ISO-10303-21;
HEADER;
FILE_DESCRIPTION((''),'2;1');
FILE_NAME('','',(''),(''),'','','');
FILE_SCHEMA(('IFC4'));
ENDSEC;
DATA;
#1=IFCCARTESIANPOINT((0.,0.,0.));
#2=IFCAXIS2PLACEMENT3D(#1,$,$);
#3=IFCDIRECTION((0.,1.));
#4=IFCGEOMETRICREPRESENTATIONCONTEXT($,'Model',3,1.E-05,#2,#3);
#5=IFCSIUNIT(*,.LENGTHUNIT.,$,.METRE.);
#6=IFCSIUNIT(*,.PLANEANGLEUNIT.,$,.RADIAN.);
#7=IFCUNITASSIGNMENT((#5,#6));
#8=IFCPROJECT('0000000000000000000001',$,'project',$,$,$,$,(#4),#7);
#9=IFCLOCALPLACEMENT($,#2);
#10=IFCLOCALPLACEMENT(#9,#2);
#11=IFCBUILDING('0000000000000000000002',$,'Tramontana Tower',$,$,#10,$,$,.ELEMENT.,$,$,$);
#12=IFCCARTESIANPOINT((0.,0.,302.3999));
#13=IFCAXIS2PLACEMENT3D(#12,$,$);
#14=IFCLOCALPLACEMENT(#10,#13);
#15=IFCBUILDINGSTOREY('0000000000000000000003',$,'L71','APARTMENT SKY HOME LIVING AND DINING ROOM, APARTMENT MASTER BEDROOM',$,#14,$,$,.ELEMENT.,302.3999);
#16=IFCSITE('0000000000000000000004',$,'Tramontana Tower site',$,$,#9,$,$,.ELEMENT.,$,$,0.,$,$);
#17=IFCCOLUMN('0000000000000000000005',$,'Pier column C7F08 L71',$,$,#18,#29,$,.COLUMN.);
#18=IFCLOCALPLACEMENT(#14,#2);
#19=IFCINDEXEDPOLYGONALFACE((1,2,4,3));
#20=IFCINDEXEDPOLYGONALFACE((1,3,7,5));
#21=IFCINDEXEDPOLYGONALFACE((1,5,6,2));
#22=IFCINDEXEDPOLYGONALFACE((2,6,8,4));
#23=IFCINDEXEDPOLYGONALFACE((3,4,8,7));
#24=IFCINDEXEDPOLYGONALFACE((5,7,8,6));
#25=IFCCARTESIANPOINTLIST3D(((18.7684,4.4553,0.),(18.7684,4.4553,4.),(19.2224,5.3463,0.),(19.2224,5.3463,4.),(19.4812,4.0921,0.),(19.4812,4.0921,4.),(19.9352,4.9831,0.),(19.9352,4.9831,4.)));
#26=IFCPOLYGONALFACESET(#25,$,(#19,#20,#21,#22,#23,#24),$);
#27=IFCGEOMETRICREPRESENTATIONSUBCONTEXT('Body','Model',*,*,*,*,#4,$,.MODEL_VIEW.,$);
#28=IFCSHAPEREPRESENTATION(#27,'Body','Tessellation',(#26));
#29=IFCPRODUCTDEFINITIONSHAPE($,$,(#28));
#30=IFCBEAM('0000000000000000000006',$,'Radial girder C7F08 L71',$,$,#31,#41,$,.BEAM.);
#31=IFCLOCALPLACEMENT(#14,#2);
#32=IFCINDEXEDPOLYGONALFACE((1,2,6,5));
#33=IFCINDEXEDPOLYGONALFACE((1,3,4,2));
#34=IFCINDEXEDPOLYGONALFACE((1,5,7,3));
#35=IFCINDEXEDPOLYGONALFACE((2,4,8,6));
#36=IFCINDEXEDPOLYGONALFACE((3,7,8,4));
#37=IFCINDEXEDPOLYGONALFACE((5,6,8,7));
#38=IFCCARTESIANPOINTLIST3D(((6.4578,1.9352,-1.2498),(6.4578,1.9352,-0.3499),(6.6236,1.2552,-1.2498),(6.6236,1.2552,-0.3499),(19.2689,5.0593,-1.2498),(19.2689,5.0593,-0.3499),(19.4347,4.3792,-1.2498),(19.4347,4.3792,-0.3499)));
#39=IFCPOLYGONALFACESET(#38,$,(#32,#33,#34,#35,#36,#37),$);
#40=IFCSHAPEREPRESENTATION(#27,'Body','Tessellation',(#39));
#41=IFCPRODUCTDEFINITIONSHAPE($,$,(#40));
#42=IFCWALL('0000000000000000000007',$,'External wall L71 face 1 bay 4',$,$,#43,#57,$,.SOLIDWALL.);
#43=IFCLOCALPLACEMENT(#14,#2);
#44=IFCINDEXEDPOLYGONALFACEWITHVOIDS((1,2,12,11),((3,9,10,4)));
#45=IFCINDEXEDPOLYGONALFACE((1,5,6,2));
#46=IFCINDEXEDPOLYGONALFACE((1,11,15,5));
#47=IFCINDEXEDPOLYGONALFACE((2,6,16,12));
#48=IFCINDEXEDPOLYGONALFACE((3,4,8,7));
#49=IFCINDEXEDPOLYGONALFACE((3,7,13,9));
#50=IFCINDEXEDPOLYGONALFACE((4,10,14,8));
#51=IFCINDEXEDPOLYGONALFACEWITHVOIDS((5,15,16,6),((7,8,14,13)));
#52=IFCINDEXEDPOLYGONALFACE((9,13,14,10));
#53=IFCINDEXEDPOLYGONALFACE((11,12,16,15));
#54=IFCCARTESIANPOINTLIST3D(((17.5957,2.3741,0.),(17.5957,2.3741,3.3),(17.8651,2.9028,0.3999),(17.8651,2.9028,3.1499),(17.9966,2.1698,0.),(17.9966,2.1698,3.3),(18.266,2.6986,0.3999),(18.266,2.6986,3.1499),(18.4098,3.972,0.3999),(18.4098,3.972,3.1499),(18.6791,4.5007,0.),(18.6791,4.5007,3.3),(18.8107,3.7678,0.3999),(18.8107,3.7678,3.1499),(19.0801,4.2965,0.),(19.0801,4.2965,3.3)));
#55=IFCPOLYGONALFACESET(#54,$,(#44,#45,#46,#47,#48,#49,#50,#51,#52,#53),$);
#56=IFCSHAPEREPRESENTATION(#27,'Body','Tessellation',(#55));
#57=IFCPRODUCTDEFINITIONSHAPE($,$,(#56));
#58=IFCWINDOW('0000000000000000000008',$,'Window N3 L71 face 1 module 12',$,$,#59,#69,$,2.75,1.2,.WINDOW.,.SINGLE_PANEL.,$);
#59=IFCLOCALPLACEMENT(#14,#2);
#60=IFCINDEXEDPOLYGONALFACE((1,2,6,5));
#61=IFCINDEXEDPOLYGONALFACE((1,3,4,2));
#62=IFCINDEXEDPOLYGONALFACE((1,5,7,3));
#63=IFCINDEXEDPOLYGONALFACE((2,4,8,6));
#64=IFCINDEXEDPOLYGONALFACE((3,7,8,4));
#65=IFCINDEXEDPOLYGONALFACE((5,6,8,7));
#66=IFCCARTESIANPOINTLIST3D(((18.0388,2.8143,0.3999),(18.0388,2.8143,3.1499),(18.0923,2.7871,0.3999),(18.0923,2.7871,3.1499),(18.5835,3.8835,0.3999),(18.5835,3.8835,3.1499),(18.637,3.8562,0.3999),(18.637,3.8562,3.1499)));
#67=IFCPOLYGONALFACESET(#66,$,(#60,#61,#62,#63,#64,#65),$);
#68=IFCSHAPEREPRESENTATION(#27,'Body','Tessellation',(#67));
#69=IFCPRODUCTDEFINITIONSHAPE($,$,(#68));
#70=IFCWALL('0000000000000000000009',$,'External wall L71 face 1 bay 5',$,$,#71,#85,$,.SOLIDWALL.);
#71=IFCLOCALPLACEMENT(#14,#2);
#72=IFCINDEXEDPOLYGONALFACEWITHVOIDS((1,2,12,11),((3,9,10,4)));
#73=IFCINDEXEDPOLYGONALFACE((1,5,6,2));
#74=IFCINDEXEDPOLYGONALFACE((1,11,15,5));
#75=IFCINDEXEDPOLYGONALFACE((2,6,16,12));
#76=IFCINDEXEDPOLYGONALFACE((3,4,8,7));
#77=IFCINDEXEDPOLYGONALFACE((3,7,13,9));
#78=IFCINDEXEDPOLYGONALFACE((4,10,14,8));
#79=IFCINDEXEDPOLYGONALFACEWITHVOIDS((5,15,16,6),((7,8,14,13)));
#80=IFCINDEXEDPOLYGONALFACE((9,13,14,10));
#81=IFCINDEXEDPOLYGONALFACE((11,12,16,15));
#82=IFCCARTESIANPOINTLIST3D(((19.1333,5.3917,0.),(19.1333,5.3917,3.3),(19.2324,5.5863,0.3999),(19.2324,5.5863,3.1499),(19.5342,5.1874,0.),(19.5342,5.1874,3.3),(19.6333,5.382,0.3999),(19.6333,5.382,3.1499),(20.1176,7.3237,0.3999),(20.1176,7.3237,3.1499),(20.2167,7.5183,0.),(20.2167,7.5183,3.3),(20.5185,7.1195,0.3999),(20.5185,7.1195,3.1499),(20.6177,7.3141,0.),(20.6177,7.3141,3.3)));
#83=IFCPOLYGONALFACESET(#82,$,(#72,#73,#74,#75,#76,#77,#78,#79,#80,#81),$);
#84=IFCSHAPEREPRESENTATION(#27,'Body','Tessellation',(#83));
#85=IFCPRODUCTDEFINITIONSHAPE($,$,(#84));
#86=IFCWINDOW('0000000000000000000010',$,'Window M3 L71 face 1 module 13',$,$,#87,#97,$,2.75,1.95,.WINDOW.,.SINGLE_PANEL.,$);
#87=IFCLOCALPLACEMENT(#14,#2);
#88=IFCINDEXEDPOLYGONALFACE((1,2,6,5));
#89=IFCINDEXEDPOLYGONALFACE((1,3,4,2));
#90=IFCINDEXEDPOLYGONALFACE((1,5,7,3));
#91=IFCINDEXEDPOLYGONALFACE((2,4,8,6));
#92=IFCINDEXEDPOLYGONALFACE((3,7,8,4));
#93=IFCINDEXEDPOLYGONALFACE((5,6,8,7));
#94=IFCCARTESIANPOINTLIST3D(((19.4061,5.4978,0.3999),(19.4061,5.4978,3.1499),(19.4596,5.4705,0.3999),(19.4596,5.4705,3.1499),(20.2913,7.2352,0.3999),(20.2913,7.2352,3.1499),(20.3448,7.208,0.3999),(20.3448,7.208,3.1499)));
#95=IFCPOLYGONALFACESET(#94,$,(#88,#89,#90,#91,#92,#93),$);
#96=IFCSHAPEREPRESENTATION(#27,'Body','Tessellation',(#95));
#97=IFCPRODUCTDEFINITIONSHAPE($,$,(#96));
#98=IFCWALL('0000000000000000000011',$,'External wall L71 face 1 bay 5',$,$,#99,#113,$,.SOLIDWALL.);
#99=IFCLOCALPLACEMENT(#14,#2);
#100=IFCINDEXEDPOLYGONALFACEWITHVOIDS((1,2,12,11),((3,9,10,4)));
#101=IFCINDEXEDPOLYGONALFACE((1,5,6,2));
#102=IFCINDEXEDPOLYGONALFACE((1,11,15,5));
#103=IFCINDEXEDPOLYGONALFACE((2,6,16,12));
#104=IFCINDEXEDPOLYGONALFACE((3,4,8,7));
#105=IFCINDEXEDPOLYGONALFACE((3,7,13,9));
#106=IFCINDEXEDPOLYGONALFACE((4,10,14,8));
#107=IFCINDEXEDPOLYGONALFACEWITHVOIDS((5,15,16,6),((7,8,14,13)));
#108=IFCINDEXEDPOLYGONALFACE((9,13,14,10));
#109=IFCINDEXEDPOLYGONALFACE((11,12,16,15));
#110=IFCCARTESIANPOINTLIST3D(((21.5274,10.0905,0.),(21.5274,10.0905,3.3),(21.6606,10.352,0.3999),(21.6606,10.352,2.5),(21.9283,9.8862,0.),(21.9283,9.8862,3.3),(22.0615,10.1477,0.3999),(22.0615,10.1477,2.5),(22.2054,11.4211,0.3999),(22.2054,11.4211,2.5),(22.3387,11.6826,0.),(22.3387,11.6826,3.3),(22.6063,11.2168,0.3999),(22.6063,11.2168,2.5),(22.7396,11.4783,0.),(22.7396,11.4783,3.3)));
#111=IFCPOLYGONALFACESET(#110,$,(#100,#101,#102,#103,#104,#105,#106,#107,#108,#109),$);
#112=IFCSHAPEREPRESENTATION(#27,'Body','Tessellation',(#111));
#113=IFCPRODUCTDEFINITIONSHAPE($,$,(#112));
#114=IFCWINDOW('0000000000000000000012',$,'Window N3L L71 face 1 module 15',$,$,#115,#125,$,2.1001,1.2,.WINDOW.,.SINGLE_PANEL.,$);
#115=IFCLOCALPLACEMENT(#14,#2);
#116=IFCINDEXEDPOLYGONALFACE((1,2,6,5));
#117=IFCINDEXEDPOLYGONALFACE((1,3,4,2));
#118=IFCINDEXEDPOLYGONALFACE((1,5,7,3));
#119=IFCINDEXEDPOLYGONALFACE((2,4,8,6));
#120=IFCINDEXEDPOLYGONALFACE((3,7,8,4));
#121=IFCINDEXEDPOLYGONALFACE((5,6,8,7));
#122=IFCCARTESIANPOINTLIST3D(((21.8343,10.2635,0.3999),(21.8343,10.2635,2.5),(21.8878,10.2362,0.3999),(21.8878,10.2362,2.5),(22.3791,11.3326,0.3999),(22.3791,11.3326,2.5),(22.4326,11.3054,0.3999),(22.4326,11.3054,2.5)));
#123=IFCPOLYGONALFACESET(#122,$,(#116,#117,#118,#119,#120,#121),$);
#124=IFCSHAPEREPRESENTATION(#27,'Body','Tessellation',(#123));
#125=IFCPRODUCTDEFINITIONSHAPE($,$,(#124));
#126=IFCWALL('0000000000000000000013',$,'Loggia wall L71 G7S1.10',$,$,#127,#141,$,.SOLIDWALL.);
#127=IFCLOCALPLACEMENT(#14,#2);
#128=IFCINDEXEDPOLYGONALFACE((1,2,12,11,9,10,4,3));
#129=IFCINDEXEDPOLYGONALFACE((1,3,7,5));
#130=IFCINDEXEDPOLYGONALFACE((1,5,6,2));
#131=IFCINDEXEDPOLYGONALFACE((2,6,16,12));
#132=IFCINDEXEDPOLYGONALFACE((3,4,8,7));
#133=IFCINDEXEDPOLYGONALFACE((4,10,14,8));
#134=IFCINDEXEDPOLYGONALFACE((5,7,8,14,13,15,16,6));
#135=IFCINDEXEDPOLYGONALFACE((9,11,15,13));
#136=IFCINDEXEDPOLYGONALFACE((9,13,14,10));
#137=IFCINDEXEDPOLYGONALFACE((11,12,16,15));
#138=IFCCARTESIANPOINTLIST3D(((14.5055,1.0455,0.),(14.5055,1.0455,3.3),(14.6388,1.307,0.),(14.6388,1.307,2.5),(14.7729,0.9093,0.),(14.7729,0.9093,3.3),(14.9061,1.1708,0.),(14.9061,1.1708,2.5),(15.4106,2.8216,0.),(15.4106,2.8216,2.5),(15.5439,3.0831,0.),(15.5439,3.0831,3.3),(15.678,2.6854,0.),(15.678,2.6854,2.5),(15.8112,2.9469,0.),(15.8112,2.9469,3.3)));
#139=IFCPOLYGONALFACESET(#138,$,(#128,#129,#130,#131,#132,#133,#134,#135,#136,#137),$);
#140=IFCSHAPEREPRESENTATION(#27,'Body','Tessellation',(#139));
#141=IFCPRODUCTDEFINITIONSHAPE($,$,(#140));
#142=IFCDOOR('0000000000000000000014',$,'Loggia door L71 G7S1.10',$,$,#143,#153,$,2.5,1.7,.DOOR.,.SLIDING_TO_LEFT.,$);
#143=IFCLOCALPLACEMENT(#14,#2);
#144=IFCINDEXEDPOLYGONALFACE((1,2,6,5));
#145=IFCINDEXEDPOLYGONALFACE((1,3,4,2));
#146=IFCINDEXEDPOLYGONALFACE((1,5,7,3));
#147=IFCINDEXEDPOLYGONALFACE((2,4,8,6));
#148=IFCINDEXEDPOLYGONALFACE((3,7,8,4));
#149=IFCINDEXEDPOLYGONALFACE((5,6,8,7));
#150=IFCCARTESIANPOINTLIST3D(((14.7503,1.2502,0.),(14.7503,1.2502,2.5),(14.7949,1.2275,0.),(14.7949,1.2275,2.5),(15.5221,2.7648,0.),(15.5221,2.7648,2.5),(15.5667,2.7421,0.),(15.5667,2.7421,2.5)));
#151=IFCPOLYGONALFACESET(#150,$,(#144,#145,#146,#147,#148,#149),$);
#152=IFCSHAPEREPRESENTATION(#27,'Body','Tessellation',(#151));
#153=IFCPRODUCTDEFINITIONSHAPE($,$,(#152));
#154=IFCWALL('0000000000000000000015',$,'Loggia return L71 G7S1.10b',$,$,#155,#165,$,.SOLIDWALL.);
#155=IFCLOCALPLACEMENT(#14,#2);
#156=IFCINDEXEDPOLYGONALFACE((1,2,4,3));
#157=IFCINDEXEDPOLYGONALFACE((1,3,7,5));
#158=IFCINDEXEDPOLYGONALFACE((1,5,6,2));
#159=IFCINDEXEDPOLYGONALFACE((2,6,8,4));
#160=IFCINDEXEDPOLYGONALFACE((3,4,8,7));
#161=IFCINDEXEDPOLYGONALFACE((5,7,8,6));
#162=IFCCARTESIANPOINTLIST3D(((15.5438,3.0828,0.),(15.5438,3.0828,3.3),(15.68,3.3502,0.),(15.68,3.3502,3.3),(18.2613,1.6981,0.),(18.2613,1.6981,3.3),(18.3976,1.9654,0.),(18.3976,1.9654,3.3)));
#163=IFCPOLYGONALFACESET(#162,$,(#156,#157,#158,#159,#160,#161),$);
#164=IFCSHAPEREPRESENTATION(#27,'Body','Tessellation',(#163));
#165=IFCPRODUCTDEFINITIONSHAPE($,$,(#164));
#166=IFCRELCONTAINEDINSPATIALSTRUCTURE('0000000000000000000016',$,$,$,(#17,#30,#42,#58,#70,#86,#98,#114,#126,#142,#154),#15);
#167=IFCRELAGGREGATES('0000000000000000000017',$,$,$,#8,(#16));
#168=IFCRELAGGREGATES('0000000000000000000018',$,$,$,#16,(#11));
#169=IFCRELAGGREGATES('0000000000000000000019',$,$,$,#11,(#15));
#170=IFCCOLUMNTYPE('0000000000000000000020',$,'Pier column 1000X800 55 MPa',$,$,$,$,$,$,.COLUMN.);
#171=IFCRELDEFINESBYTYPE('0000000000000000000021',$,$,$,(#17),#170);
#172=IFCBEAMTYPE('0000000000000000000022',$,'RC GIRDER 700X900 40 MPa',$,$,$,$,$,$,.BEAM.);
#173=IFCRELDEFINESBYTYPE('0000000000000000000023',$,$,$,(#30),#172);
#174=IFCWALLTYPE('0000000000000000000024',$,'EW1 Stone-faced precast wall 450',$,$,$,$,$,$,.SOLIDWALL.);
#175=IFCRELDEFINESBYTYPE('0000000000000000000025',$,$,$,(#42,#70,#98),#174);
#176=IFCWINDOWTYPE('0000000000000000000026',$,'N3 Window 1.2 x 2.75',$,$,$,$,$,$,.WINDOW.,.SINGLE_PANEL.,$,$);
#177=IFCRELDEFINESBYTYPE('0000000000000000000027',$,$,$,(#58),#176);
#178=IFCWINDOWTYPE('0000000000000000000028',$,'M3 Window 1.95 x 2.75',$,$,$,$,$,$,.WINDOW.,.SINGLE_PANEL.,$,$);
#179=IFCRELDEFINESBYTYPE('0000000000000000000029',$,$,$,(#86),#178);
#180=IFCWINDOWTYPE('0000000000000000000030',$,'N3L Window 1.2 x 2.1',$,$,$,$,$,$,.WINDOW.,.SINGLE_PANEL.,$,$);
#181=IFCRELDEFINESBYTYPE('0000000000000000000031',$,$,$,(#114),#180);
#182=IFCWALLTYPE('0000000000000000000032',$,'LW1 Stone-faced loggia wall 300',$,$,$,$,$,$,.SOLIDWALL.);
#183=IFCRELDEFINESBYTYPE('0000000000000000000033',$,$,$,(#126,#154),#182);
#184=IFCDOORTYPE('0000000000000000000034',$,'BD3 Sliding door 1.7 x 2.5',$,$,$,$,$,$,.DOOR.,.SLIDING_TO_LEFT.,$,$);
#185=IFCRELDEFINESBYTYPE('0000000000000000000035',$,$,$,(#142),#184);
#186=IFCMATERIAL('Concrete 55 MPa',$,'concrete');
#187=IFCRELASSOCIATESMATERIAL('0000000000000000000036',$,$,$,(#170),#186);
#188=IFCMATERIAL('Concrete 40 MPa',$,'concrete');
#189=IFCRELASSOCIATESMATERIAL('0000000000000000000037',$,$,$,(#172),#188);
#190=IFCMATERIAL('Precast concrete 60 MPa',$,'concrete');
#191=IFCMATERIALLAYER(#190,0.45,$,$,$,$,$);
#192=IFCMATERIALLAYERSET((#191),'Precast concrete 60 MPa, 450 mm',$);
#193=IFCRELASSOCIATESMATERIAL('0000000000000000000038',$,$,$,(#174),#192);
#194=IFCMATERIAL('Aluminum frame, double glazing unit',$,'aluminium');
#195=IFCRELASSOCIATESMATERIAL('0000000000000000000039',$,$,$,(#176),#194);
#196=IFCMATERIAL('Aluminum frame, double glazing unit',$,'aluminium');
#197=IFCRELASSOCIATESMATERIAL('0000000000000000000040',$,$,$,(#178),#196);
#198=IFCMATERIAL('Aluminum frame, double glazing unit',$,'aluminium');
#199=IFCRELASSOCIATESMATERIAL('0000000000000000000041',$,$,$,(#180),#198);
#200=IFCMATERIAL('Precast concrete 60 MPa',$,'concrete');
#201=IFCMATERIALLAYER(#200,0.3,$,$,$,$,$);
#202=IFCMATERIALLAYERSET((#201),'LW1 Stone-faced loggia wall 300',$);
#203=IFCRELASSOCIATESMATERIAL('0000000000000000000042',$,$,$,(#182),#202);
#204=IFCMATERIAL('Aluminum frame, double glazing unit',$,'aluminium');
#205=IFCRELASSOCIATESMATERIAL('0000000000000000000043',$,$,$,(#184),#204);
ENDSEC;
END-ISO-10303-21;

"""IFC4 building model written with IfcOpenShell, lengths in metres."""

from ifc_helpers import new_model, si_unit, direction, frame, frame_2d, origin, origin_2d, place, context, subcontext, project, spatial, rectangle, extrude, material, layer, layer_set, material_profile, profile_set, type_object, element, fill, save


model = new_model("IFC4")

# Units and contexts
model_context = context("Model", 3, precision=1e-05, world=origin(), true_north=direction((0.0, 1.0)))
body_context = subcontext(model_context, "Body", "Model", "MODEL_VIEW")
ifc_project = project(units=[si_unit("LENGTHUNIT", "METRE"), si_unit("PLANEANGLEUNIT", "RADIAN")], contexts=[model_context])

# Site, building, storey
site_placement = place(None, origin())
site = spatial("IfcSite", under=ifc_project, at=site_placement, Name="Tramontana Tower site", CompositionType="ELEMENT", RefElevation=0.0)
building_placement = place(site_placement, origin())
building = spatial("IfcBuilding", under=site, at=building_placement, Name="Tramontana Tower", CompositionType="ELEMENT")
storey_placement = place(building_placement, frame((0.0, 0.0, 302.3999)))
storey = spatial("IfcBuildingStorey", under=building, at=storey_placement, Name="L71", Description="APARTMENT SKY HOME LIVING AND DINING ROOM, APARTMENT MASTER BEDROOM", CompositionType="ELEMENT", Elevation=302.3999)

# Column
ifc_material_1 = material(Name="Concrete 55 MPa", Category="concrete")
ifc_material_profile_1 = material_profile(ifc_material_1, rectangle(XDim=1.0, YDim=0.8, at=origin_2d()), Name="Pier column 1000X800 55 MPa")
ifc_profile_set_1 = profile_set([ifc_material_profile_1], Name="Concrete 55 MPa")
column_type = type_object("IfcColumnType", Name="Pier column 1000X800 55 MPa", PredefinedType="COLUMN", material=ifc_profile_set_1)
column_placement = place(storey_placement, frame((19.3518, 4.7192, 0.0), z_axis=(0.0, 0.0, 1.0), x_axis=(0.45399, 0.891007, 0.0)))
element("IfcColumn", 1, at=column_placement, inside=storey, type_object=column_type, Name="Pier column C7F08 L71", PredefinedType="COLUMN", context=body_context, shape_type="SweptSolid", body=[
    extrude(rectangle(XDim=1.0, YDim=0.8, at=origin_2d()), origin(), (0.0, 0.0, 1.0), 4.0),
])

# Beam
ifc_material_2 = material(Name="Concrete 40 MPa", Category="concrete")
ifc_material_profile_2 = material_profile(ifc_material_2, rectangle(XDim=0.7, YDim=0.8999, at=origin_2d()), Name="RC GIRDER 700X900 40 MPa")
ifc_profile_set_2 = profile_set([ifc_material_profile_2], Name="Concrete 40 MPa")
beam_type = type_object("IfcBeamType", Name="RC GIRDER 700X900 40 MPa", PredefinedType="BEAM", material=ifc_profile_set_2)
beam_placement = place(storey_placement, frame((19.3518, 4.7192, -0.7998), z_axis=(-0.971531, -0.236912, 0.0), x_axis=(0.236912, -0.971531, 0.0)))
element("IfcBeam", 2, at=beam_placement, inside=storey, type_object=beam_type, Name="Radial girder C7F08 L71", PredefinedType="BEAM", context=body_context, shape_type="SweptSolid", body=[
    extrude(rectangle(XDim=0.7, YDim=0.8999, at=origin_2d()), origin(), (0.0, 0.0, 1.0), 13.1865),
])

# Walls, openings, windows
ifc_material_3 = material(Name="Precast concrete 60 MPa", Category="concrete")
ifc_layer_1 = layer(ifc_material_3, 0.45)
ifc_layer_set_1 = layer_set([ifc_layer_1], Name="Precast concrete 60 MPa, 450 mm")
wall_type_1 = type_object("IfcWallType", Name="EW1 Stone-faced precast wall 450", PredefinedType="SOLIDWALL", material=ifc_layer_set_1)
wall_1_placement = place(storey_placement, frame((17.7961, 2.272, 0.0), z_axis=(0.0, 0.0, 1.0), x_axis=(0.453952, 0.891026, 0.0)))
wall_1 = element("IfcWall", 3, at=wall_1_placement, inside=storey, type_object=wall_type_1, Name="External wall L71 face 1 bay 4", PredefinedType="SOLIDWALL", context=body_context, shape_type="SweptSolid", body=[
    extrude(rectangle(XDim=2.3867, YDim=0.45, at=frame_2d((1.1934, 0.0))), origin(), (0.0, 0.0, 1.0), 3.3),
])
opening_1_placement = place(wall_1_placement, frame((0.5933, 0.0, 0.3999)))
opening_1 = element("IfcOpeningElement", 4, at=opening_1_placement, cuts=wall_1, PredefinedType="OPENING", context=body_context, shape_type="SweptSolid", body=[
    extrude(rectangle(XDim=1.2, YDim=2.75, at=frame_2d((0.6001, 1.375))), frame((0.0, 0.2349, 0.0), z_axis=(0.0, -1.0, 0.0), x_axis=(1.0, 0.0, 0.0)), (0.0, 0.0, 1.0), 0.47),
])
ifc_material_4 = material(Name="Aluminum frame, double glazing unit", Category="aluminium")
window_type_1 = type_object("IfcWindowType", Name="N3 Window 1.2 x 2.75", PartitioningType="SINGLE_PANEL", PredefinedType="WINDOW", material=ifc_material_4)
window_1_placement = place(opening_1_placement, origin())
window_1 = element("IfcWindow", 5, at=window_1_placement, inside=storey, type_object=window_type_1, Name="Window N3 L71 face 1 module 12", OverallHeight=2.75, OverallWidth=1.2, PartitioningType="SINGLE_PANEL", PredefinedType="WINDOW", context=body_context, shape_type="SweptSolid", body=[
    extrude(rectangle(XDim=1.2, YDim=2.75, at=frame_2d((0.6001, 1.375))), frame((0.0, 0.03, 0.0), z_axis=(0.0, -1.0, 0.0), x_axis=(1.0, 0.0, 0.0)), (0.0, 0.0, 1.0), 0.0601),
])
fill(opening_1, window_1)
wall_2_placement = place(storey_placement, frame((19.3337, 5.2896, 0.0), z_axis=(0.0, 0.0, 1.0), x_axis=(0.453952, 0.891026, 0.0)))
wall_2 = element("IfcWall", 6, at=wall_2_placement, inside=storey, type_object=wall_type_1, Name="External wall L71 face 1 bay 5", PredefinedType="SOLIDWALL", context=body_context, shape_type="SweptSolid", body=[
    extrude(rectangle(XDim=2.3867, YDim=0.45, at=frame_2d((1.1934, 0.0))), origin(), (0.0, 0.0, 1.0), 3.3),
])
opening_2_placement = place(wall_2_placement, frame((0.2183, 0.0, 0.3999)))
opening_2 = element("IfcOpeningElement", 7, at=opening_2_placement, cuts=wall_2, PredefinedType="OPENING", context=body_context, shape_type="SweptSolid", body=[
    extrude(rectangle(XDim=1.95, YDim=2.75, at=frame_2d((0.9751, 1.375))), frame((0.0, 0.2349, 0.0), z_axis=(0.0, -1.0, 0.0), x_axis=(1.0, 0.0, 0.0)), (0.0, 0.0, 1.0), 0.47),
])
ifc_material_5 = material(Name="Aluminum frame, double glazing unit", Category="aluminium")
window_type_2 = type_object("IfcWindowType", Name="M3 Window 1.95 x 2.75", PartitioningType="SINGLE_PANEL", PredefinedType="WINDOW", material=ifc_material_5)
window_2_placement = place(opening_2_placement, origin())
window_2 = element("IfcWindow", 8, at=window_2_placement, inside=storey, type_object=window_type_2, Name="Window M3 L71 face 1 module 13", OverallHeight=2.75, OverallWidth=1.95, PartitioningType="SINGLE_PANEL", PredefinedType="WINDOW", context=body_context, shape_type="SweptSolid", body=[
    extrude(rectangle(XDim=1.95, YDim=2.75, at=frame_2d((0.9751, 1.375))), frame((0.0, 0.03, 0.0), z_axis=(0.0, -1.0, 0.0), x_axis=(1.0, 0.0, 0.0)), (0.0, 0.0, 1.0), 0.0601),
])
fill(opening_2, window_2)
wall_3_placement = place(storey_placement, frame((21.7278, 9.9883, 0.0), z_axis=(0.0, 0.0, 1.0), x_axis=(0.454032, 0.890985, 0.0)))
wall_3 = element("IfcWall", 9, at=wall_3_placement, inside=storey, type_object=wall_type_1, Name="External wall L71 face 1 bay 5", PredefinedType="SOLIDWALL", context=body_context, shape_type="SweptSolid", body=[
    extrude(rectangle(XDim=1.7869, YDim=0.45, at=frame_2d((0.8936, 0.0))), origin(), (0.0, 0.0, 1.0), 3.3),
])
opening_3_placement = place(wall_3_placement, frame((0.2935, 0.0, 0.3999)))
opening_3 = element("IfcOpeningElement", 10, at=opening_3_placement, cuts=wall_3, PredefinedType="OPENING", context=body_context, shape_type="SweptSolid", body=[
    extrude(rectangle(XDim=1.2, YDim=2.1001, at=frame_2d((0.6001, 1.05))), frame((0.0, 0.2349, 0.0), z_axis=(0.0, -1.0, 0.0), x_axis=(1.0, 0.0, 0.0)), (0.0, 0.0, 1.0), 0.47),
])
ifc_material_6 = material(Name="Aluminum frame, double glazing unit", Category="aluminium")
window_type_3 = type_object("IfcWindowType", Name="N3L Window 1.2 x 2.1", PartitioningType="SINGLE_PANEL", PredefinedType="WINDOW", material=ifc_material_6)
window_3_placement = place(opening_3_placement, origin())
window_3 = element("IfcWindow", 11, at=window_3_placement, inside=storey, type_object=window_type_3, Name="Window N3L L71 face 1 module 15", OverallHeight=2.1001, OverallWidth=1.2, PartitioningType="SINGLE_PANEL", PredefinedType="WINDOW", context=body_context, shape_type="SweptSolid", body=[
    extrude(rectangle(XDim=1.2, YDim=2.1001, at=frame_2d((0.6001, 1.05))), frame((0.0, 0.03, 0.0), z_axis=(0.0, -1.0, 0.0), x_axis=(1.0, 0.0, 0.0)), (0.0, 0.0, 1.0), 0.0601),
])
fill(opening_3, window_3)

# Wall, opening, door
ifc_material_7 = material(Name="Precast concrete 60 MPa", Category="concrete")
ifc_layer_2 = layer(ifc_material_7, 0.3)
ifc_layer_set_2 = layer_set([ifc_layer_2], Name="LW1 Stone-faced loggia wall 300")
wall_type_2 = type_object("IfcWallType", Name="LW1 Stone-faced loggia wall 300", PredefinedType="SOLIDWALL", material=ifc_layer_set_2)
wall_4_placement = place(storey_placement, frame((14.6392, 0.9773, 0.0), z_axis=(0.0, 0.0, 1.0), x_axis=(0.454033, 0.890985, 0.0)))
wall_4 = element("IfcWall", 12, at=wall_4_placement, inside=storey, type_object=wall_type_2, Name="Loggia wall L71 G7S1.10", PredefinedType="SOLIDWALL", context=body_context, shape_type="SweptSolid", body=[
    extrude(rectangle(XDim=2.2869, YDim=0.3, at=frame_2d((1.1436, 0.0))), origin(), (0.0, 0.0, 1.0), 3.3),
])
opening_4_placement = place(wall_4_placement, frame((0.2935, 0.0, 0.0)))
opening_4 = element("IfcOpeningElement", 13, at=opening_4_placement, cuts=wall_4, PredefinedType="OPENING", context=body_context, shape_type="SweptSolid", body=[
    extrude(rectangle(XDim=1.7, YDim=2.5, at=frame_2d((0.8501, 1.25))), frame((0.0, 0.1599, 0.0), z_axis=(0.0, -1.0, 0.0), x_axis=(1.0, 0.0, 0.0)), (0.0, 0.0, 1.0), 0.3201),
])
ifc_material_8 = material(Name="Aluminum frame, double glazing unit", Category="aluminium")
door_type_1 = type_object("IfcDoorType", Name="BD3 Sliding door 1.7 x 2.5", OperationType="SLIDING_TO_LEFT", PredefinedType="DOOR", material=ifc_material_8)
door_1_placement = place(opening_4_placement, origin())
door_1 = element("IfcDoor", 14, at=door_1_placement, inside=storey, type_object=door_type_1, Name="Loggia door L71 G7S1.10", OperationType="SLIDING_TO_LEFT", OverallHeight=2.5, OverallWidth=1.7, PredefinedType="DOOR", context=body_context, shape_type="SweptSolid", body=[
    extrude(rectangle(XDim=1.7, YDim=2.5, at=frame_2d((0.8501, 1.25))), frame((0.0, 0.0249, 0.0), z_axis=(0.0, -1.0, 0.0), x_axis=(1.0, 0.0, 0.0)), (0.0, 0.0, 1.0), 0.05),
])
fill(opening_4, door_1)

# Wall
wall_5_placement = place(storey_placement, frame((18.3293, 1.8318, 0.0), z_axis=(0.0, 0.0, 1.0), x_axis=(-0.890991, 0.454021, 0.0)))
element("IfcWall", 15, at=wall_5_placement, inside=storey, type_object=wall_type_2, Name="Loggia return L71 G7S1.10b", PredefinedType="SOLIDWALL", context=body_context, shape_type="SweptSolid", body=[
    extrude(rectangle(XDim=3.05, YDim=0.3, at=frame_2d((1.5249, 0.0))), origin(), (0.0, 0.0, 1.0), 3.3),
])

save(model, "model.ifc")
